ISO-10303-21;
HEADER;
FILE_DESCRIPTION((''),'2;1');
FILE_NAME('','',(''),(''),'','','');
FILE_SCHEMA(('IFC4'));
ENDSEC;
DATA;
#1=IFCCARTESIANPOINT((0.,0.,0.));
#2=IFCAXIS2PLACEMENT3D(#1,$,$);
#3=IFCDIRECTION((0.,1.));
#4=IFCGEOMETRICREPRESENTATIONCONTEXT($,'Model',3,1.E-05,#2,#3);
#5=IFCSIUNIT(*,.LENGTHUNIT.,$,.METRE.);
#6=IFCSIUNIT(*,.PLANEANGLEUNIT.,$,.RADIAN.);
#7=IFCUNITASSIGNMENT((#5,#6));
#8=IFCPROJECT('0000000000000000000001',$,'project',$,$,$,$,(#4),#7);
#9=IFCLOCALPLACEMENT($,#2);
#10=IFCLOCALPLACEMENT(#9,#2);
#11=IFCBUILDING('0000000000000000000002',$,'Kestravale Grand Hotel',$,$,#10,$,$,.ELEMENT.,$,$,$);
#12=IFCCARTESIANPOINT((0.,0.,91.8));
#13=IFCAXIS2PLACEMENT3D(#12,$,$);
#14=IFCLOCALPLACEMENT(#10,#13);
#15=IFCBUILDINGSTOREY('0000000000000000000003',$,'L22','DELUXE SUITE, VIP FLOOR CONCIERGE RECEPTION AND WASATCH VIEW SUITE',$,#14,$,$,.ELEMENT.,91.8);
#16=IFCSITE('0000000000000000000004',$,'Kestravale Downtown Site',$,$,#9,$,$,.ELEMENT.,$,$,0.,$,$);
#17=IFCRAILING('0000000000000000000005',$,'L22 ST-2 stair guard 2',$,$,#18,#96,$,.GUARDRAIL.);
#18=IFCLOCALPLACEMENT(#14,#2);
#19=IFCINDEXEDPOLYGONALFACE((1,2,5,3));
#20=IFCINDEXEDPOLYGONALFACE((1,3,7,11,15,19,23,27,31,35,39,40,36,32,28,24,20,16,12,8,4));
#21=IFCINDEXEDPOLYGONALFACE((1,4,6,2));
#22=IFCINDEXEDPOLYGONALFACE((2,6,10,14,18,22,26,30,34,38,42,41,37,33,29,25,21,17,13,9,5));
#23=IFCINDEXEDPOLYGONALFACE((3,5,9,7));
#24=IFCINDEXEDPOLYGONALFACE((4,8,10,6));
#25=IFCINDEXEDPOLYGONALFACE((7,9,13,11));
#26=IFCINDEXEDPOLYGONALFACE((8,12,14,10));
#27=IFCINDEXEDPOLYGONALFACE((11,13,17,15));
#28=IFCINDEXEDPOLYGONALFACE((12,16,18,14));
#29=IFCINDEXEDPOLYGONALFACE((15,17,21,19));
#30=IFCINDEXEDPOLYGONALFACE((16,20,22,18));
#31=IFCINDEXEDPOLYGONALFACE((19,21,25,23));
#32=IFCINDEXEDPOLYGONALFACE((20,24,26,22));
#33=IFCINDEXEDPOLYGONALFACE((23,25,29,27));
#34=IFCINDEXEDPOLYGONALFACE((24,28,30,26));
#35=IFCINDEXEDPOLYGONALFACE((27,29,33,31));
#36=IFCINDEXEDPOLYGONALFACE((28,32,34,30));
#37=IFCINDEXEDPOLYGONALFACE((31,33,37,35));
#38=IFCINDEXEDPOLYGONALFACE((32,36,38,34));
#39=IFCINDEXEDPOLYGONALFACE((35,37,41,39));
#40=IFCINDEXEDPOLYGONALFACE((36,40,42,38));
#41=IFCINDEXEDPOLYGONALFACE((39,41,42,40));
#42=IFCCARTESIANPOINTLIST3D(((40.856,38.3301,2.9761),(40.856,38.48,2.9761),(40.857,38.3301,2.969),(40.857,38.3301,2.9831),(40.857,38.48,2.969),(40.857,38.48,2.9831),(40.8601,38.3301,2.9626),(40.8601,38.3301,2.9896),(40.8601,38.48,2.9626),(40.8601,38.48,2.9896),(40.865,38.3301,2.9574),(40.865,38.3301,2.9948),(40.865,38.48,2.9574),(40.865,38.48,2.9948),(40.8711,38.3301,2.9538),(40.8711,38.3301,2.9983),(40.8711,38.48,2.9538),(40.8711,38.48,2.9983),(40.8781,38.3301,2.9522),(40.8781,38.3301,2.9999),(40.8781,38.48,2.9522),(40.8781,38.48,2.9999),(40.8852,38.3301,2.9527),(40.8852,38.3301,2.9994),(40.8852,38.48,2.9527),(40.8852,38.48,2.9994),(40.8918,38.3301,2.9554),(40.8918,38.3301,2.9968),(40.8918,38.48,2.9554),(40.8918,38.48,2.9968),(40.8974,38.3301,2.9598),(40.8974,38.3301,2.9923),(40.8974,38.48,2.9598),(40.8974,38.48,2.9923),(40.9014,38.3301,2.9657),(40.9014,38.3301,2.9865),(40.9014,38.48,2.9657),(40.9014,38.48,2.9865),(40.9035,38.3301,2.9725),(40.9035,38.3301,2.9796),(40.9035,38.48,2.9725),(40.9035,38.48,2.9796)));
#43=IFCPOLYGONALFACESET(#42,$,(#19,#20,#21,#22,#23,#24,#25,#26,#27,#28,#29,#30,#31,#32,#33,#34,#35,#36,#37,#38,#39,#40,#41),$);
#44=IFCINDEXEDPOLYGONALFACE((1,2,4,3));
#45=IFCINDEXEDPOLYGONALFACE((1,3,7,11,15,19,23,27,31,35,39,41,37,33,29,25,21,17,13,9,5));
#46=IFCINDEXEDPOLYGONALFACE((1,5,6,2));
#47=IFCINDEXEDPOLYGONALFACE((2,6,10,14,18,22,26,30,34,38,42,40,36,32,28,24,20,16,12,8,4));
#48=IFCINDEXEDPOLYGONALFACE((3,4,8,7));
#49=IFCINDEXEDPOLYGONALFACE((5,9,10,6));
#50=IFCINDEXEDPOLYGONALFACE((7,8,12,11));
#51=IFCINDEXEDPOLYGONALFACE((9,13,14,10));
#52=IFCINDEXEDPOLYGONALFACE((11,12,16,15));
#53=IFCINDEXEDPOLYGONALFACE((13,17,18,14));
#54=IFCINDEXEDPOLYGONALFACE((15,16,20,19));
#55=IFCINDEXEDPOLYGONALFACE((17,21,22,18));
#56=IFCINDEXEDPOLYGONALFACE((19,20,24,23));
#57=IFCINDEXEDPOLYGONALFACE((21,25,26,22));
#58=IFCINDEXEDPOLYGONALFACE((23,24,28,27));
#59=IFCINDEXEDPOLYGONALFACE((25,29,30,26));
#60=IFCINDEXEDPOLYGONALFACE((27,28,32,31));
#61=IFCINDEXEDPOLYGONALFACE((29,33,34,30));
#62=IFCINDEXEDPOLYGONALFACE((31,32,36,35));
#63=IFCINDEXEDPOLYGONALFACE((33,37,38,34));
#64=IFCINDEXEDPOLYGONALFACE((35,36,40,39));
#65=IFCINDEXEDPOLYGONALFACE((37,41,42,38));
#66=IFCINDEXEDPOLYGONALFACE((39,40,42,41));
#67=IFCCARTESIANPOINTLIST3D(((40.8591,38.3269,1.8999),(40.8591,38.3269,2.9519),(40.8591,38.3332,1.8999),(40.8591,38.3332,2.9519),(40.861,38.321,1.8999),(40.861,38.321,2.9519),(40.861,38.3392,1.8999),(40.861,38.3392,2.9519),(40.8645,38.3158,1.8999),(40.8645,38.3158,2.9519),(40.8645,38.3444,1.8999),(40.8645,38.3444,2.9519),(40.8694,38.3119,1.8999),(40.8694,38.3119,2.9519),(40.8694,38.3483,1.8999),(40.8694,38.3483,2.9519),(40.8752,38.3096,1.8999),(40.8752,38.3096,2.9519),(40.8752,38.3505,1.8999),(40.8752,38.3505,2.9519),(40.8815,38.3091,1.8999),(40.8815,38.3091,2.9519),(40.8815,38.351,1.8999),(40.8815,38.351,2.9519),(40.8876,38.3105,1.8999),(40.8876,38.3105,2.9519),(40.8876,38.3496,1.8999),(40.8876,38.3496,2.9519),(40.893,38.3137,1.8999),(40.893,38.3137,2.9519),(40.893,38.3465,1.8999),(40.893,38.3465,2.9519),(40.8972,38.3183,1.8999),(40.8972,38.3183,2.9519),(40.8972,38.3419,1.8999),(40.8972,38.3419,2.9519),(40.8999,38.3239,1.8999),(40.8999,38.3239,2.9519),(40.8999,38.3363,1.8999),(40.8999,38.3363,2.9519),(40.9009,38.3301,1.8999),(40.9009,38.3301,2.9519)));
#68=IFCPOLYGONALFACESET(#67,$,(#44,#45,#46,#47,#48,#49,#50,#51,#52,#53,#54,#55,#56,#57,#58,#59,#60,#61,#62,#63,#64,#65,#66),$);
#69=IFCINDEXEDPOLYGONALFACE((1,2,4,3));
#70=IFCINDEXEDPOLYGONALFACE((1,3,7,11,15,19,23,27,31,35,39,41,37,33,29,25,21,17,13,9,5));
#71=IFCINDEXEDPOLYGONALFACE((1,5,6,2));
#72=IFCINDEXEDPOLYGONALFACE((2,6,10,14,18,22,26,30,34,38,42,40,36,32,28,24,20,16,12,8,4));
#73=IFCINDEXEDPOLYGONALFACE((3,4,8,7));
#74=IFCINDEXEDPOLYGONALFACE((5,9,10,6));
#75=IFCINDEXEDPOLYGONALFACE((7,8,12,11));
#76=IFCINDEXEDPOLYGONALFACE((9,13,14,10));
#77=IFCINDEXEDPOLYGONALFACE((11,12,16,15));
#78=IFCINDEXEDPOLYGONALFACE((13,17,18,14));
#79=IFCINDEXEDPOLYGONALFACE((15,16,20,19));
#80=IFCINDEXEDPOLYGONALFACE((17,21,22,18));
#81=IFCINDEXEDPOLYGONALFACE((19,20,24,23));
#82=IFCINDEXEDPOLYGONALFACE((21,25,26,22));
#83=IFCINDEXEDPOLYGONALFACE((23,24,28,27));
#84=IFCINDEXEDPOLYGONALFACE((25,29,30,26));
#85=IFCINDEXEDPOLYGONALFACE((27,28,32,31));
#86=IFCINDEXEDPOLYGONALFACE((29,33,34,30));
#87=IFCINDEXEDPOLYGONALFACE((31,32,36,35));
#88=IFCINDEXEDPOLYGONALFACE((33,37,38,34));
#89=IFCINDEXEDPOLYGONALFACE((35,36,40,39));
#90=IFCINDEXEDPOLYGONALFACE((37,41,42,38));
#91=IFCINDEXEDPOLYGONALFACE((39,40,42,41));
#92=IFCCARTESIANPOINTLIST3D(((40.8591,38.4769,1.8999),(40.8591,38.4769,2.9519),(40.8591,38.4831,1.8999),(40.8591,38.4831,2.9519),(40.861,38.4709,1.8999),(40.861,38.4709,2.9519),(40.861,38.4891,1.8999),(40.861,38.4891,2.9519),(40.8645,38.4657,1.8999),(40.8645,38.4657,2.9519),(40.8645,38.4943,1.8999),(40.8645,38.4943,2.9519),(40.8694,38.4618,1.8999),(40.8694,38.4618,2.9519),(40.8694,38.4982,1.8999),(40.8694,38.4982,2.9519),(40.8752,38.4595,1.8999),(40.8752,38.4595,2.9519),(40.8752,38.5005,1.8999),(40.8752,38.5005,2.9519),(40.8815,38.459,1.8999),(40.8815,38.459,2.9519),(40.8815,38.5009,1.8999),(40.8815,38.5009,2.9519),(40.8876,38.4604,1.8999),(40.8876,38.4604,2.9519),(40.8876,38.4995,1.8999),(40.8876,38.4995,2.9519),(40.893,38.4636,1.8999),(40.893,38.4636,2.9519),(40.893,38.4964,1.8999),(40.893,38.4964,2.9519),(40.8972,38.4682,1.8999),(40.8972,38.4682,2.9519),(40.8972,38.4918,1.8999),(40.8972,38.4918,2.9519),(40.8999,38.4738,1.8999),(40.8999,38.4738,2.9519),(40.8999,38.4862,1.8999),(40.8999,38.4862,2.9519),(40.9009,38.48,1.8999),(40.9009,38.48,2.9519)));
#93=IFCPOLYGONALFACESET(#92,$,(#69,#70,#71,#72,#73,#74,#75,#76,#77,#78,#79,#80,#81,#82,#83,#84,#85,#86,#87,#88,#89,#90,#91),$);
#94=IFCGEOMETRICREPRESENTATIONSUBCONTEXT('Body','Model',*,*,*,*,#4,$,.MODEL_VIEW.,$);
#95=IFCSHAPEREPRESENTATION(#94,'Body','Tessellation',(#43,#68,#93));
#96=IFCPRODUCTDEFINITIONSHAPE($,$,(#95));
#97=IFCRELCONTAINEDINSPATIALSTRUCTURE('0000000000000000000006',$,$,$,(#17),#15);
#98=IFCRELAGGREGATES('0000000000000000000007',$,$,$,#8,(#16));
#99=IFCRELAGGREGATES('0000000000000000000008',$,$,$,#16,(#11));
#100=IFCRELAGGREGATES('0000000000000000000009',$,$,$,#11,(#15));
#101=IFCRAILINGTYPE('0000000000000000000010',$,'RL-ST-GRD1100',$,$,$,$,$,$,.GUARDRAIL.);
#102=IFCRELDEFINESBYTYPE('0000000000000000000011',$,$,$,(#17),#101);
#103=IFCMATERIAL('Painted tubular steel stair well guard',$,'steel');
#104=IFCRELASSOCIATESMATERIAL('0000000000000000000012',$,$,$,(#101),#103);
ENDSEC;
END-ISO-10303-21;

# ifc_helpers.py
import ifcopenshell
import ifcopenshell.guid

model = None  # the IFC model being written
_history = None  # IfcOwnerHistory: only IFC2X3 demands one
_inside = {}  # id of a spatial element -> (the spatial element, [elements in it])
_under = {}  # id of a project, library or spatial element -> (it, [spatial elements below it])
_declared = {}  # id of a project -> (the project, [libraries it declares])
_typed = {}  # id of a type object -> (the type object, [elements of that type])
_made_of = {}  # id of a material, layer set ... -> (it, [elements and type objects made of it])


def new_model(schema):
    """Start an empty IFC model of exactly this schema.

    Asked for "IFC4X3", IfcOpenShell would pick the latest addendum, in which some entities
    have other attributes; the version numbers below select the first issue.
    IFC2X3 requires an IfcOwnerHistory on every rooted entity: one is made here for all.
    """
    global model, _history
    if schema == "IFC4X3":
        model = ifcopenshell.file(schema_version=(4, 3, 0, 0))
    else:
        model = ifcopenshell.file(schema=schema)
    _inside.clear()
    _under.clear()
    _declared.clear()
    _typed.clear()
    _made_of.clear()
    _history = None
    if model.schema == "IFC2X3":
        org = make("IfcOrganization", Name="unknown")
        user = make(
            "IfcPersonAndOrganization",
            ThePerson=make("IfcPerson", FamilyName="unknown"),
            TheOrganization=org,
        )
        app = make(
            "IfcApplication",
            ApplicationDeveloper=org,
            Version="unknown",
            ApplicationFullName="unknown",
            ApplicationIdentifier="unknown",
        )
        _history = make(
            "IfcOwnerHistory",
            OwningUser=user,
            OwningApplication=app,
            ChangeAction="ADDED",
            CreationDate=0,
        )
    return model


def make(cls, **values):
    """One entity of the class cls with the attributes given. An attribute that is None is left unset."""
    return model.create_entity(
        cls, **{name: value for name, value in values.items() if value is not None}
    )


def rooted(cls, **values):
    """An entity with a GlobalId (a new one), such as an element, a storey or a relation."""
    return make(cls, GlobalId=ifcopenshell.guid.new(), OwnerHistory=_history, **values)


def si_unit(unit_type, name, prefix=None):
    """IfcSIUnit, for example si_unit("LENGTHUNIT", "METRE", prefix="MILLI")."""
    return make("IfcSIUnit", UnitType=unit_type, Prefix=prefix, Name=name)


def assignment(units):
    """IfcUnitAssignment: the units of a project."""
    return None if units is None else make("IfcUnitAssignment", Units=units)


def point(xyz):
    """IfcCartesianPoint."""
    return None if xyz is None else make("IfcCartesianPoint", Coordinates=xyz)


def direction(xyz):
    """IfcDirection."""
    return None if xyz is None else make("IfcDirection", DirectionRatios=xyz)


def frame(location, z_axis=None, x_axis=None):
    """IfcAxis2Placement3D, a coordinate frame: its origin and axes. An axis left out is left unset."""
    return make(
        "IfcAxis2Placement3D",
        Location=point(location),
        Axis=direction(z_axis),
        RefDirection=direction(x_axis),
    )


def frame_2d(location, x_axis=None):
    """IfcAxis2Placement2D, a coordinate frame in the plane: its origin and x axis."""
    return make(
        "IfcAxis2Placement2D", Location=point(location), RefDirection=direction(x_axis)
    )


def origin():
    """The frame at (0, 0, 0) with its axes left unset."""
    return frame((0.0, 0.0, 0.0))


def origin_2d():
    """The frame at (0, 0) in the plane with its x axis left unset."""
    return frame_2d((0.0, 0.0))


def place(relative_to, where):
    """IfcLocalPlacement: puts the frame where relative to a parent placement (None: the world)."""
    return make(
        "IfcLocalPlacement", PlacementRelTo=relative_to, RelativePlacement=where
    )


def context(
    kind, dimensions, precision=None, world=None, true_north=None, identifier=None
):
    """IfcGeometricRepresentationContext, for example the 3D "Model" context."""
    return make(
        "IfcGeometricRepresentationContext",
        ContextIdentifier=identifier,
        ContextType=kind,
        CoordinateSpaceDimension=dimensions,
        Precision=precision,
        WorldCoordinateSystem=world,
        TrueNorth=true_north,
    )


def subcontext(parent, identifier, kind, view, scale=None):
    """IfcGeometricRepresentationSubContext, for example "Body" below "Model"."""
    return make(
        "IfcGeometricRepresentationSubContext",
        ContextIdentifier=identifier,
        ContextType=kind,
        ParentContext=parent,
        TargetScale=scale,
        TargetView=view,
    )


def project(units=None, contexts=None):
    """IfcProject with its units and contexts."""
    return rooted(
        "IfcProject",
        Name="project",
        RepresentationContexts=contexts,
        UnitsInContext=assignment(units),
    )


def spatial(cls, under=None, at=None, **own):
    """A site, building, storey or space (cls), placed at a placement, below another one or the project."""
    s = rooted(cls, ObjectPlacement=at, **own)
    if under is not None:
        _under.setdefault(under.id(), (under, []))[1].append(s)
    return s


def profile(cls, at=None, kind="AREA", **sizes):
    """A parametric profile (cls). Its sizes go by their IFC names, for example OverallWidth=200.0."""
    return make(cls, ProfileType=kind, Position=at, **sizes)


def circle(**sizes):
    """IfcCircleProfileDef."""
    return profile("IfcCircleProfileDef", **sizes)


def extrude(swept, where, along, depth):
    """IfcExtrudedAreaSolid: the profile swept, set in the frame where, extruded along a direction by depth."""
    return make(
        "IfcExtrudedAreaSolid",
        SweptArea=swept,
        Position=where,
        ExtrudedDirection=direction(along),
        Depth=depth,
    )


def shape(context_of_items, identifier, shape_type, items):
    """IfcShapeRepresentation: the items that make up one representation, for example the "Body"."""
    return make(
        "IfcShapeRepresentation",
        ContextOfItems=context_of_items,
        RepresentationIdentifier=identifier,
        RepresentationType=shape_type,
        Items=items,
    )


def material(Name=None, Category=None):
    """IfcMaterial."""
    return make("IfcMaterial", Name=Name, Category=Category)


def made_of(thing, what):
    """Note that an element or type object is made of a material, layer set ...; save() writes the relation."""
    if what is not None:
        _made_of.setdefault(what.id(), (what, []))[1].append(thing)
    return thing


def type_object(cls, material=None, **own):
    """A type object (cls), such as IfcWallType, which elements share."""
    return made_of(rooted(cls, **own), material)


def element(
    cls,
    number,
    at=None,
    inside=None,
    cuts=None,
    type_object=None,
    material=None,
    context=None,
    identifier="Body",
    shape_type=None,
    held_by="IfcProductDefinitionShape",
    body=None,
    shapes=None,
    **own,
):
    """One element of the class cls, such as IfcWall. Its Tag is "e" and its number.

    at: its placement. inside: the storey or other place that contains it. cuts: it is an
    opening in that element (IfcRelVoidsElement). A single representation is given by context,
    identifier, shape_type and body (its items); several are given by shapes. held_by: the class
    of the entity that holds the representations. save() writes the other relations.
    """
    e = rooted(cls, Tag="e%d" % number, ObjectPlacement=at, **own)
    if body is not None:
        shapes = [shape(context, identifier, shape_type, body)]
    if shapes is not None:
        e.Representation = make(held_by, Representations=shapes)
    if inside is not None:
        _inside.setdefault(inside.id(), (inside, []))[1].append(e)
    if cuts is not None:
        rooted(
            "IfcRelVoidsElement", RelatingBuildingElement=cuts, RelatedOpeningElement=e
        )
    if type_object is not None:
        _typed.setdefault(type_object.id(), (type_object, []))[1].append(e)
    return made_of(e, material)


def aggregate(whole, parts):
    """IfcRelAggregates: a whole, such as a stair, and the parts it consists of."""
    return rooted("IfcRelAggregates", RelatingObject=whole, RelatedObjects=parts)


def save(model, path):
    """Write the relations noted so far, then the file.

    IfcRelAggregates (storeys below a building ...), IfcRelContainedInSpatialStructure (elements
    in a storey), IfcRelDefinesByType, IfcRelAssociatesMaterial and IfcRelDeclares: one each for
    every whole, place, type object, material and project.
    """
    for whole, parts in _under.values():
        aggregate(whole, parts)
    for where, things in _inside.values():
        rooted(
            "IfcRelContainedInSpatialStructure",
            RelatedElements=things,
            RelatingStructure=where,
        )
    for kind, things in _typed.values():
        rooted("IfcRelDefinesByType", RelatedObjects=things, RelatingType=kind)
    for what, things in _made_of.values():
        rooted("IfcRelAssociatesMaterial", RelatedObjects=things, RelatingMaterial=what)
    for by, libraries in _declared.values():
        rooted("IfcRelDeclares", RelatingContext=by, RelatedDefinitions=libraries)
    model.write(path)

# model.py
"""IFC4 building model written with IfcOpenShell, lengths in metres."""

from ifc_helpers import new_model, si_unit, direction, frame, origin, origin_2d, place, context, subcontext, project, spatial, circle, extrude, material, type_object, element, save


model = new_model("IFC4")

# Units and contexts
model_context = context("Model", 3, precision=1e-05, world=origin(), true_north=direction((0.0, 1.0)))
body_context = subcontext(model_context, "Body", "Model", "MODEL_VIEW")
ifc_project = project(units=[si_unit("LENGTHUNIT", "METRE"), si_unit("PLANEANGLEUNIT", "RADIAN")], contexts=[model_context])

# Site, building, storey
site_placement = place(None, origin())
site = spatial("IfcSite", under=ifc_project, at=site_placement, Name="Kestravale Downtown Site", CompositionType="ELEMENT", RefElevation=0.0)
building_placement = place(site_placement, origin())
building = spatial("IfcBuilding", under=site, at=building_placement, Name="Kestravale Grand Hotel", CompositionType="ELEMENT")
storey_placement = place(building_placement, frame((0.0, 0.0, 91.8)))
storey = spatial("IfcBuildingStorey", under=building, at=storey_placement, Name="L22", Description="DELUXE SUITE, VIP FLOOR CONCIERGE RECEPTION AND WASATCH VIEW SUITE", CompositionType="ELEMENT", Elevation=91.8)

# Railing
ifc_material_1 = material(Name="Painted tubular steel stair well guard", Category="steel")
railing_type_1 = type_object("IfcRailingType", Name="RL-ST-GRD1100", PredefinedType="GUARDRAIL", material=ifc_material_1)
railing_1_placement = place(storey_placement, frame((40.8799, 38.3301, 1.8999)))
element("IfcRailing", 1, at=railing_1_placement, inside=storey, type_object=railing_type_1, Name="L22 ST-2 stair guard 2", PredefinedType="GUARDRAIL", context=body_context, shape_type="SweptSolid", body=[
    extrude(circle(Radius=0.0239, at=origin_2d()), frame((0.0, 0.0, 1.0762), z_axis=(0.0, 1.0, 0.0), x_axis=(-1.0, 0.0, 0.0)), (0.0, 0.0, 1.0), 0.1499),
    extrude(circle(Radius=0.021, at=origin_2d()), origin(), (0.0, 0.0, 1.0), 1.052),
    extrude(circle(Radius=0.021, at=origin_2d()), frame((0.0, 0.1499, 0.0)), (0.0, 0.0, 1.0), 1.052),
])

save(model, "model.ifc")
